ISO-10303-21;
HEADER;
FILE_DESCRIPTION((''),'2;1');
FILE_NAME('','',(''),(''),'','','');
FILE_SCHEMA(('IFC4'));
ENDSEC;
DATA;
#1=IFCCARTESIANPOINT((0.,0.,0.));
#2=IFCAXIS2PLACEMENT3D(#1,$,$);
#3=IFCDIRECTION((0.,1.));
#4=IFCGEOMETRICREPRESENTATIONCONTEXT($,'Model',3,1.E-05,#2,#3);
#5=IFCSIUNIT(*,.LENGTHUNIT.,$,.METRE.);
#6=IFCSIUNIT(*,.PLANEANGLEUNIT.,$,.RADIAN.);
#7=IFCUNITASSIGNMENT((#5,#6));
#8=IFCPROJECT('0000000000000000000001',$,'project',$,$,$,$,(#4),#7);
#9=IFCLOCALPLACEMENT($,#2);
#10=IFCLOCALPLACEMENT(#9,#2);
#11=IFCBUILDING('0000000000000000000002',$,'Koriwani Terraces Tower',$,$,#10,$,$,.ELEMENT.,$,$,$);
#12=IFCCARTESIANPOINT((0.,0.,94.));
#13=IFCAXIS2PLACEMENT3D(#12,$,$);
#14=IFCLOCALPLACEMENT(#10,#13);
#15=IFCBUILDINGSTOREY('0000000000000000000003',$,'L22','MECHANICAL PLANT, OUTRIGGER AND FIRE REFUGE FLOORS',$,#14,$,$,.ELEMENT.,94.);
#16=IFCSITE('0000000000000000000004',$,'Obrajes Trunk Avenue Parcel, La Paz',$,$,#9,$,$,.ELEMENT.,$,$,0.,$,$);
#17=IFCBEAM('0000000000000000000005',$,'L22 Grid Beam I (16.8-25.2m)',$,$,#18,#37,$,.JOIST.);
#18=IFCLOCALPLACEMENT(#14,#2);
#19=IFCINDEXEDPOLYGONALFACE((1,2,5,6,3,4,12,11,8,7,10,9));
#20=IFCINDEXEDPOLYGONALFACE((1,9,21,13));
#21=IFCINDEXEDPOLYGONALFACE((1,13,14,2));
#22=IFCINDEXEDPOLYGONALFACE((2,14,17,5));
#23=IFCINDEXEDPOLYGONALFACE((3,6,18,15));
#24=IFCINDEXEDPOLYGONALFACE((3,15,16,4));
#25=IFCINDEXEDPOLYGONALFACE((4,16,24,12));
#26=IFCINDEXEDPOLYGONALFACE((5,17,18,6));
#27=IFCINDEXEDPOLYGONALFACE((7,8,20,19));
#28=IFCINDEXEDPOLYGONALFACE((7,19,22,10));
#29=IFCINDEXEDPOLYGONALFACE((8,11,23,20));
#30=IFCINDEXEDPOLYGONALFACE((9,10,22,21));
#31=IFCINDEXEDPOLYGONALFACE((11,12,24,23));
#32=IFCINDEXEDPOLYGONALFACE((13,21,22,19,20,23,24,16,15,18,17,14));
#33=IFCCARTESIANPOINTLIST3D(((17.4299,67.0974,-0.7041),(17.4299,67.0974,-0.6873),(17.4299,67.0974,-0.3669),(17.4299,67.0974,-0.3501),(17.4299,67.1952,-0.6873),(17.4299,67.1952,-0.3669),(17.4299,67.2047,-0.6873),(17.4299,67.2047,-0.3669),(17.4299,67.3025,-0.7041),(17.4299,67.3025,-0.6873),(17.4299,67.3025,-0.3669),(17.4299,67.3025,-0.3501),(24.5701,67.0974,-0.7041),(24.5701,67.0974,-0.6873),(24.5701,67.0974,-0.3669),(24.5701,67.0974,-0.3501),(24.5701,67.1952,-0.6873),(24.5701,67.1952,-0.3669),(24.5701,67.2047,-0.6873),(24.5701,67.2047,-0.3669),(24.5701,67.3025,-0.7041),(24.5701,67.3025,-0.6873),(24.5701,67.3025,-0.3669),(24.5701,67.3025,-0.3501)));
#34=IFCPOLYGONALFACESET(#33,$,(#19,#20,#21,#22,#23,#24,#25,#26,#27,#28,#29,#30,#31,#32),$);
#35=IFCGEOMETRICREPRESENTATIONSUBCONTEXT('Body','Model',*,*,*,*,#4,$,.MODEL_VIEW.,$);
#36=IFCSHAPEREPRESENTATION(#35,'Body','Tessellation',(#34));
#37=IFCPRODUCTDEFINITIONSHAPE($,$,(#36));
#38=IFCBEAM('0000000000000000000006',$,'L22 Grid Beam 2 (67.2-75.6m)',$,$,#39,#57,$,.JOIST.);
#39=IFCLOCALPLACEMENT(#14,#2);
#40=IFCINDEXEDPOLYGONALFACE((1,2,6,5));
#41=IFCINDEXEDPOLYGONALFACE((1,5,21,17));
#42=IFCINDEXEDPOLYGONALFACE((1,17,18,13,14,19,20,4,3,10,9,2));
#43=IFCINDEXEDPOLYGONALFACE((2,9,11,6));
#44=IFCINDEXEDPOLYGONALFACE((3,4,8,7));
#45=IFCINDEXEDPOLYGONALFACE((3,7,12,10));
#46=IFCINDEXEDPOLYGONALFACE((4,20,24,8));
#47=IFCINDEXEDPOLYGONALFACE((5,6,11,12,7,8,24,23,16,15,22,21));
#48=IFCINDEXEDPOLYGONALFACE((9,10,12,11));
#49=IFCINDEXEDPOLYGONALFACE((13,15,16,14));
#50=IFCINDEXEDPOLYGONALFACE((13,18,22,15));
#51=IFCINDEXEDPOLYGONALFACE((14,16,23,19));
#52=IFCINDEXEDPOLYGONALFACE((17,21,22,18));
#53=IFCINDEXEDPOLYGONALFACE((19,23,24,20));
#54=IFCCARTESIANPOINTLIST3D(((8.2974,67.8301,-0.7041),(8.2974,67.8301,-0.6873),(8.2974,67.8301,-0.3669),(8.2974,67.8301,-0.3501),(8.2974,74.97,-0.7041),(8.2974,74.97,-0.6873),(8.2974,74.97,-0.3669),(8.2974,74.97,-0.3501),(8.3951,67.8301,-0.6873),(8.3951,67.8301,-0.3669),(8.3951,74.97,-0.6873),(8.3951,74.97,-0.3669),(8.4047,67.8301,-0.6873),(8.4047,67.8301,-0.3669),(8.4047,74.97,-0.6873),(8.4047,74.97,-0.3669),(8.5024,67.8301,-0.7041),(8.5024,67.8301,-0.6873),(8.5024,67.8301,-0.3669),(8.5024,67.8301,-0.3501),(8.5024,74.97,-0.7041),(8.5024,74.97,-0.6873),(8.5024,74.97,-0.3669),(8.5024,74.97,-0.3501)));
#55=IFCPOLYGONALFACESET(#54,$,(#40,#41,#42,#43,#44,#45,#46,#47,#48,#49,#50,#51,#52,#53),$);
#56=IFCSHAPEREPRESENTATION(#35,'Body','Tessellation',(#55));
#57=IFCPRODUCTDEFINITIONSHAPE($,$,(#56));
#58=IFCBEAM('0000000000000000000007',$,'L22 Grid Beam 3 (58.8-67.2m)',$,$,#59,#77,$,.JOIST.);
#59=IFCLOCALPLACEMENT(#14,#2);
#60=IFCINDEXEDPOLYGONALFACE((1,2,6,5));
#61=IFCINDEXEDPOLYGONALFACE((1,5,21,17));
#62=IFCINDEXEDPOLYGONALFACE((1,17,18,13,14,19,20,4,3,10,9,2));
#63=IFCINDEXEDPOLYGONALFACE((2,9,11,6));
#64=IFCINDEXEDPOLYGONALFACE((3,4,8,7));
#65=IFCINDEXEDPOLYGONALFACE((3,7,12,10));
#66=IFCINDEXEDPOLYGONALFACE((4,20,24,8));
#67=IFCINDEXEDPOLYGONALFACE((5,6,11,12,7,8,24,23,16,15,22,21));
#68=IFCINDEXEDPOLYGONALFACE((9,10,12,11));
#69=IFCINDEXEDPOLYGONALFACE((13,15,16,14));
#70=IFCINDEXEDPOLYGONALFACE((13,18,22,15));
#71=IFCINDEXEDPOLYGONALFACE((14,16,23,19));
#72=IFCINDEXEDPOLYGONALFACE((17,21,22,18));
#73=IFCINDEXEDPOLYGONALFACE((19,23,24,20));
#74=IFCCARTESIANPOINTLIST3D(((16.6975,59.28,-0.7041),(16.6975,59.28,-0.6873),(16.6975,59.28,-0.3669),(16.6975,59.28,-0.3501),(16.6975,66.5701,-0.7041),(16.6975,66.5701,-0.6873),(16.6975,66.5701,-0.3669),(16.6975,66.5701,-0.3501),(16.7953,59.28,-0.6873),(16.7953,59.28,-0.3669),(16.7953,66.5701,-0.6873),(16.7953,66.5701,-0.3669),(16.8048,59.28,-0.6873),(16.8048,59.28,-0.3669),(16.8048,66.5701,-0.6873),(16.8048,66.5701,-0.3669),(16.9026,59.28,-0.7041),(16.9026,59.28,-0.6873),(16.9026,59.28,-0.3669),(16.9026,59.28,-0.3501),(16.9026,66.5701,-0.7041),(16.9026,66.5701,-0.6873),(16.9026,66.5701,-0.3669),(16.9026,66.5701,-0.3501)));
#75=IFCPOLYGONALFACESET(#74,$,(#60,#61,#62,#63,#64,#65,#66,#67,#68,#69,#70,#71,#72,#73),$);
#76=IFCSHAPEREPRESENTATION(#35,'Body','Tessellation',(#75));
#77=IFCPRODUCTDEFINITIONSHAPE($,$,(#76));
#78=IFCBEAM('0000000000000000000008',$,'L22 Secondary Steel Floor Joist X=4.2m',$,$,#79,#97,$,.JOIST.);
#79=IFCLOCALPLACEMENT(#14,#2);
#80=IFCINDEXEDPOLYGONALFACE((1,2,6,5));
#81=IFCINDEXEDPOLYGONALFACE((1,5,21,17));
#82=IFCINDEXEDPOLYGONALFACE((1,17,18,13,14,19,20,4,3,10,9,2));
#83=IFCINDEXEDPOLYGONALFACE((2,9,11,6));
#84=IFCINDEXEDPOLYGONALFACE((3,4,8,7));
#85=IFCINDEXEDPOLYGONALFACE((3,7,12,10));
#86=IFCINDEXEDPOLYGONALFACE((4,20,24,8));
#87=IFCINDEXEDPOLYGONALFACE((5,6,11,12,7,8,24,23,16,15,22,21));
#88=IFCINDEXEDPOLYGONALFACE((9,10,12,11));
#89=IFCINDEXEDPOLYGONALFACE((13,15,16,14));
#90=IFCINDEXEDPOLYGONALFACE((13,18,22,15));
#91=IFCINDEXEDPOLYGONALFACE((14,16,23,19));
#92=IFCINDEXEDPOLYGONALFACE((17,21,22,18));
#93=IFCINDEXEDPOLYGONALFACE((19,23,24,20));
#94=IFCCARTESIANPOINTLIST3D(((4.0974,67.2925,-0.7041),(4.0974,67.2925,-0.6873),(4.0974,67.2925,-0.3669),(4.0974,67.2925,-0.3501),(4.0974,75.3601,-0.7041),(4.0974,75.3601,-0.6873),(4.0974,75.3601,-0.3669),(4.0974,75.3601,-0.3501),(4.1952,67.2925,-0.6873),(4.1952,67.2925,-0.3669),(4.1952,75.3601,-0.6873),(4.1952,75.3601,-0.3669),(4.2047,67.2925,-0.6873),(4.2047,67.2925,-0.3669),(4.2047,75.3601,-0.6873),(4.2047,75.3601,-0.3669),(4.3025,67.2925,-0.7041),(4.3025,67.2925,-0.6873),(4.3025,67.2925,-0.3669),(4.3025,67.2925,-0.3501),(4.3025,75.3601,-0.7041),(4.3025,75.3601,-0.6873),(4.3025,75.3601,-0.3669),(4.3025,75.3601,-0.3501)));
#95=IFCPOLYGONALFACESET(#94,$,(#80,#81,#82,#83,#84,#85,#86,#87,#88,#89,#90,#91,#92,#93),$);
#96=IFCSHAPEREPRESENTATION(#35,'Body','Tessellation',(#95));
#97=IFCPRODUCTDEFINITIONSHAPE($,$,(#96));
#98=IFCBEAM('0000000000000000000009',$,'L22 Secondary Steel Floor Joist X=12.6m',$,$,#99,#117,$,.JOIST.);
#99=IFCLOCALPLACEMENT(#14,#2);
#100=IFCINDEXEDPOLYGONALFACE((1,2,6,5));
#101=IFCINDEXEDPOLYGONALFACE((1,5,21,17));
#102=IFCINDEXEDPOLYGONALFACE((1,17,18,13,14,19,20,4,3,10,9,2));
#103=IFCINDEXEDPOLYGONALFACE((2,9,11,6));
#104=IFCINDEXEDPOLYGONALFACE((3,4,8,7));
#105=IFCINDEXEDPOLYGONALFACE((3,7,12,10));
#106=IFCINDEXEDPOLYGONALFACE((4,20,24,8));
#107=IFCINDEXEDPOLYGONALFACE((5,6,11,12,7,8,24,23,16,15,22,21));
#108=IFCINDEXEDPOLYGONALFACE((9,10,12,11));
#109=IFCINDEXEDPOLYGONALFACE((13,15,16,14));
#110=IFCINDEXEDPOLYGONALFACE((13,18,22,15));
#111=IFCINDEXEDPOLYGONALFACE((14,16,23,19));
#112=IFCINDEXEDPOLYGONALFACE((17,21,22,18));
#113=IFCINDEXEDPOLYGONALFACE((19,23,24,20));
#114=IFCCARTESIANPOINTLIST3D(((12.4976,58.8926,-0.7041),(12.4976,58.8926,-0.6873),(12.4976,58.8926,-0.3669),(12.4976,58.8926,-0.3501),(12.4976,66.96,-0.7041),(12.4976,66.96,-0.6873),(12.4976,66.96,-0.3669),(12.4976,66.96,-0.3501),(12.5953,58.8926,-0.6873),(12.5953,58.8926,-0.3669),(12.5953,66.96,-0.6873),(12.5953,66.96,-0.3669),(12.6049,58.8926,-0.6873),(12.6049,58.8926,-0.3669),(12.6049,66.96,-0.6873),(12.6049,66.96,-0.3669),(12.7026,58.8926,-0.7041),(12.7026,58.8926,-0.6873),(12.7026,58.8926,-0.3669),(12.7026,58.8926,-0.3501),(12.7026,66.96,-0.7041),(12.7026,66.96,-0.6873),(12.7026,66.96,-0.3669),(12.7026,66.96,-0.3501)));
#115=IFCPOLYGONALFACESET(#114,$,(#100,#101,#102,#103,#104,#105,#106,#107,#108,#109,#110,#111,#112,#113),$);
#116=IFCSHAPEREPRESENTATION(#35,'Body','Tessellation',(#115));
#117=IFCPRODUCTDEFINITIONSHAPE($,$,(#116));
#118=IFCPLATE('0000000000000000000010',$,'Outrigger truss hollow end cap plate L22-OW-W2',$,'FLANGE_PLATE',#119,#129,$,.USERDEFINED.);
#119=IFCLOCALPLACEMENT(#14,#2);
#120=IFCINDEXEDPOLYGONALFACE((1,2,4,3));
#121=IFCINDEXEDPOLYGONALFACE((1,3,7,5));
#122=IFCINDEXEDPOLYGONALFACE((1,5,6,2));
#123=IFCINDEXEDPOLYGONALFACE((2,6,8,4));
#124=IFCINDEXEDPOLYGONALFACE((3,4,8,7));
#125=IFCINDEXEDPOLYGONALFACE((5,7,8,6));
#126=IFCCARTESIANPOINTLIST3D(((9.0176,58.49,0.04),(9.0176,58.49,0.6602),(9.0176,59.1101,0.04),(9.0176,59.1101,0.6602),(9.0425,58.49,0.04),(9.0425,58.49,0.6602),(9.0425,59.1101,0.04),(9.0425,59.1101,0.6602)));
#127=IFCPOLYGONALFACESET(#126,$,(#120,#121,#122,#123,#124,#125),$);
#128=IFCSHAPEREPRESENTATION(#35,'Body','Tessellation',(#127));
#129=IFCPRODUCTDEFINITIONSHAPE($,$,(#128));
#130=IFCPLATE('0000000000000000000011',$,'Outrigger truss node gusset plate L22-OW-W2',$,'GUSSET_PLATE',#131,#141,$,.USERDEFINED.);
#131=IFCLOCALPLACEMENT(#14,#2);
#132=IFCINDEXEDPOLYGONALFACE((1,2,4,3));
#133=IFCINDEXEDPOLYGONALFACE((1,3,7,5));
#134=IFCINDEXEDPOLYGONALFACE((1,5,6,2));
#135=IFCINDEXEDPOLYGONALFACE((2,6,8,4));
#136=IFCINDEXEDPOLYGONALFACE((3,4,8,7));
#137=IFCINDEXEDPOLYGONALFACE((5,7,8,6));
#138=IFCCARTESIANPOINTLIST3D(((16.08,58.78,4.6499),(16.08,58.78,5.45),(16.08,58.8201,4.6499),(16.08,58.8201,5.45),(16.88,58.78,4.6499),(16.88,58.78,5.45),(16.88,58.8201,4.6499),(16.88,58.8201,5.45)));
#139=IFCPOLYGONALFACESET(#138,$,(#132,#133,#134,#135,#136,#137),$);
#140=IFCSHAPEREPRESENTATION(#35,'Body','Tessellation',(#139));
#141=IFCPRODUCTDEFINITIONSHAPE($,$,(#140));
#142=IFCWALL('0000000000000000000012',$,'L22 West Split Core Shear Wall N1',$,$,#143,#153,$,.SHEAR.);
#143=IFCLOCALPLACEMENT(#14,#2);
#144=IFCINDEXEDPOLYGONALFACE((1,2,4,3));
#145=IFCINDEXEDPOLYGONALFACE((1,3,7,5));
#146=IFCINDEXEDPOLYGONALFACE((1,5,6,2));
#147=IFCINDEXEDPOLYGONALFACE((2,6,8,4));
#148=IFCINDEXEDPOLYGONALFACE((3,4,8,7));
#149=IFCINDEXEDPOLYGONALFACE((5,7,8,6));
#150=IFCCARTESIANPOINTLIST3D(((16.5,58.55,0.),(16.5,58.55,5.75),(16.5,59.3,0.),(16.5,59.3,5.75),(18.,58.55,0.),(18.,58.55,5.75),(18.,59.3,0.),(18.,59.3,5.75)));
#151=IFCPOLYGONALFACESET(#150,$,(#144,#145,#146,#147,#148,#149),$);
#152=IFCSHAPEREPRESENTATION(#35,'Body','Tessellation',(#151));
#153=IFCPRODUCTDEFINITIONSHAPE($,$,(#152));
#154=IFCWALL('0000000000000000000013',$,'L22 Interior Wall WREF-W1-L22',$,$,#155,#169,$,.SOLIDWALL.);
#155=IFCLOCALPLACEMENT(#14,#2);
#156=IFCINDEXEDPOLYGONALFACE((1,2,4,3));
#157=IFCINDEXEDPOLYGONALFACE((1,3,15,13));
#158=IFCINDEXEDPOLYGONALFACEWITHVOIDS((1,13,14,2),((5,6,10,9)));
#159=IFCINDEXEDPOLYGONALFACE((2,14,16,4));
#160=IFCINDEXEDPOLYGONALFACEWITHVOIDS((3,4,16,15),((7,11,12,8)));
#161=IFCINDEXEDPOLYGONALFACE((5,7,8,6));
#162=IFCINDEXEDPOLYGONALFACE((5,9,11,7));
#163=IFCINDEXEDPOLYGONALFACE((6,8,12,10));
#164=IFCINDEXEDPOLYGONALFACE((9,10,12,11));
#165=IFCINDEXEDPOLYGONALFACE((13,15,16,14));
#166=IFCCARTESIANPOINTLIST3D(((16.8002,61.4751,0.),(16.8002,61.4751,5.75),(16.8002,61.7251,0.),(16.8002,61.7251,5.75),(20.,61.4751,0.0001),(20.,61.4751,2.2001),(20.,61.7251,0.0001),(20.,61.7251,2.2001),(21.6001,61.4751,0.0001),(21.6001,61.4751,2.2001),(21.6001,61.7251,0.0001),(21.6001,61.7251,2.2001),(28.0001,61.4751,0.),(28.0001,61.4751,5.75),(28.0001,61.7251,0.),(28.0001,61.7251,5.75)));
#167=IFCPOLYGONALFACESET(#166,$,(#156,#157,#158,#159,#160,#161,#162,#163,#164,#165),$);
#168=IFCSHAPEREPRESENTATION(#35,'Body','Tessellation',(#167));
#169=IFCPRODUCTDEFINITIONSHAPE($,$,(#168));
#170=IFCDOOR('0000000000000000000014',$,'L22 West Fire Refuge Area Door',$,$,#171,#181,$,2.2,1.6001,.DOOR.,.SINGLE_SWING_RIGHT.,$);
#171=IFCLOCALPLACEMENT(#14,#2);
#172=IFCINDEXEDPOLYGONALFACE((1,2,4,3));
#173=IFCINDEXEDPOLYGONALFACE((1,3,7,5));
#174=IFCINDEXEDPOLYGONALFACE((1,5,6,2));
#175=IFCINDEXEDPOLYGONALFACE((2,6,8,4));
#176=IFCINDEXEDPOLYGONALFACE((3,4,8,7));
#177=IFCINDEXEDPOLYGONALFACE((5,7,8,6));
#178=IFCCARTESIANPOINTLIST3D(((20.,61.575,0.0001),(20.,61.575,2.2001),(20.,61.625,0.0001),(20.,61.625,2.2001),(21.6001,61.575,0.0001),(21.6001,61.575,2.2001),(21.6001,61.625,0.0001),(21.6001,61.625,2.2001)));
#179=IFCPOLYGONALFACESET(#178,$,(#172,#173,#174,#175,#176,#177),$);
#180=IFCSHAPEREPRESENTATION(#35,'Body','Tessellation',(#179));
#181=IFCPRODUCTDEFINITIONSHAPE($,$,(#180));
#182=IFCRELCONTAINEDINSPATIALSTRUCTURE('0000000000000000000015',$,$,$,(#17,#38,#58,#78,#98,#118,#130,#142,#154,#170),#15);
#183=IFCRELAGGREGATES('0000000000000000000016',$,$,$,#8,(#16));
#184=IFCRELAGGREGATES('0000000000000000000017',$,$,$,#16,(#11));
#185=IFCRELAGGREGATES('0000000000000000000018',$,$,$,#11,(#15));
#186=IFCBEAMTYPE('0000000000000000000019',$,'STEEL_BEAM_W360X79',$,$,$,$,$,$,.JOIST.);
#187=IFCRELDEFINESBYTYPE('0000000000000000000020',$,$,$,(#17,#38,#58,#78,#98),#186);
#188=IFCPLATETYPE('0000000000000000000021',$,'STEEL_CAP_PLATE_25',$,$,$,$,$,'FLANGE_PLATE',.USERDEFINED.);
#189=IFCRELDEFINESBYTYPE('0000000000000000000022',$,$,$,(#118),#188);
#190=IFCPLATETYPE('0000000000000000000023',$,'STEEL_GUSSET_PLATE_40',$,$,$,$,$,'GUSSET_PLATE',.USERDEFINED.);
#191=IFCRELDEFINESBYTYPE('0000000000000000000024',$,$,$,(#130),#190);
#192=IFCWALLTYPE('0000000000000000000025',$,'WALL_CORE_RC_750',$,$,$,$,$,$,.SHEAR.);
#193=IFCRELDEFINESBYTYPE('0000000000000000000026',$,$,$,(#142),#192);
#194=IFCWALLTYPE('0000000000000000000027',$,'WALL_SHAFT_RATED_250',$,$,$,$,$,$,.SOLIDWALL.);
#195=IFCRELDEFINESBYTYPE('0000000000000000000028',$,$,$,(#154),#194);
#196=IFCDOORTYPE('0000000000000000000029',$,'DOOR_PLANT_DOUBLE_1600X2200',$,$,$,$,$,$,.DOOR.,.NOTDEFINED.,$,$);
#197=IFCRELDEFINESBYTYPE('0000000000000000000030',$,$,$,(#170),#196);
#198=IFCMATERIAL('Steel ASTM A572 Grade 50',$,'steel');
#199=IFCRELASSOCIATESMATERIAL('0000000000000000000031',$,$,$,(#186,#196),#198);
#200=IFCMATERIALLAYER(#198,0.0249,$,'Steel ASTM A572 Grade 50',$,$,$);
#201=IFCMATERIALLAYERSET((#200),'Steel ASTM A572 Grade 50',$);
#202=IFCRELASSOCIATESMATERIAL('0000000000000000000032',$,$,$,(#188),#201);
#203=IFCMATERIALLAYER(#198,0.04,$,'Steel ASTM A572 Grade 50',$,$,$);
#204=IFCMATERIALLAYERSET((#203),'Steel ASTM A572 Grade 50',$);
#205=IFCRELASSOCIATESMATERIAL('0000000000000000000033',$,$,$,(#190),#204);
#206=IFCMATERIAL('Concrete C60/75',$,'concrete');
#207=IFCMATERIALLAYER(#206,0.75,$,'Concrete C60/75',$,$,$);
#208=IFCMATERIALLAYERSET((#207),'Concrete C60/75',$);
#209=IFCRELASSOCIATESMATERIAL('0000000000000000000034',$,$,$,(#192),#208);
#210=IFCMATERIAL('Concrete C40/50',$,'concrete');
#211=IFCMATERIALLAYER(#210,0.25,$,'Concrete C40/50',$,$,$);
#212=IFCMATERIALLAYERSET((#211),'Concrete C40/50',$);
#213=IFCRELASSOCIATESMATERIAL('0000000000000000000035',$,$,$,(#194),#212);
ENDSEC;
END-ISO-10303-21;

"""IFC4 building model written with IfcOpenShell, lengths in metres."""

from ifc_helpers import new_model, si_unit, direction, frame, frame_2d, origin, origin_2d, place, context, subcontext, project, spatial, rectangle, i_section, extrude, material, layer, layer_set, material_profile, profile_set, type_object, element, fill, save


model = new_model("IFC4")

# Units and contexts
model_context = context("Model", 3, precision=1e-05, world=origin(), true_north=direction((0.0, 1.0)))
body_context = subcontext(model_context, "Body", "Model", "MODEL_VIEW")
ifc_project = project(units=[si_unit("LENGTHUNIT", "METRE"), si_unit("PLANEANGLEUNIT", "RADIAN")], contexts=[model_context])

# Site, building, storey
site_placement = place(None, origin())
site = spatial("IfcSite", under=ifc_project, at=site_placement, Name="Obrajes Trunk Avenue Parcel, La Paz", CompositionType="ELEMENT", RefElevation=0.0)
building_placement = place(site_placement, origin())
building = spatial("IfcBuilding", under=site, at=building_placement, Name="Koriwani Terraces Tower", CompositionType="ELEMENT")
storey_placement = place(building_placement, frame((0.0, 0.0, 94.0)))
storey = spatial("IfcBuildingStorey", under=building, at=storey_placement, Name="L22", Description="MECHANICAL PLANT, OUTRIGGER AND FIRE REFUGE FLOORS", CompositionType="ELEMENT", Elevation=94.0)

# Shared definitions
ifc_material_1 = material(Name="Concrete C60/75", Category="concrete")

# Shared definitions
ifc_material_2 = material(Name="Concrete C40/50", Category="concrete")

# Shared definitions
ifc_material_3 = material(Name="Steel ASTM A572 Grade 50", Category="steel")

# Beams
ifc_material_profile_1 = material_profile(ifc_material_3, i_section(OverallWidth=0.2051, OverallDepth=0.354, WebThickness=0.0095, FlangeThickness=0.0168, at=origin_2d()), Name="Steel ASTM A572 Grade 50", Category="LoadBearing")
ifc_profile_set_1 = profile_set([ifc_material_profile_1], Name="Steel ASTM A572 Grade 50")
beam_type_1 = type_object("IfcBeamType", Name="STEEL_BEAM_W360X79", PredefinedType="JOIST", material=ifc_profile_set_1)
for number, where, z_axis, x_axis, name in (
    (1, (17.4299, 67.2, -0.5271), (1.0, 0.0, 0.0), (0.0, 1.0, 0.0), "L22 Grid Beam I (16.8-25.2m)"),
):
    element("IfcBeam", number, at=place(storey_placement, frame(where, z_axis=z_axis, x_axis=x_axis)), inside=storey, type_object=beam_type_1, Name=name, PredefinedType="JOIST", context=body_context, shape_type="SweptSolid", body=[
        extrude(i_section(OverallWidth=0.2051, OverallDepth=0.354, WebThickness=0.0095, FlangeThickness=0.0168, at=origin_2d()), origin(), (0.0, 0.0, 1.0), 7.1401),
    ])
beam_1_placement = place(storey_placement, frame((8.3999, 67.8301, -0.5271), z_axis=(0.0, 1.0, 0.0), x_axis=(-1.0, 0.0, 0.0)))
element("IfcBeam", 2, at=beam_1_placement, inside=storey, type_object=beam_type_1, Name="L22 Grid Beam 2 (67.2-75.6m)", PredefinedType="JOIST", context=body_context, shape_type="SweptSolid", body=[
    extrude(i_section(OverallWidth=0.2051, OverallDepth=0.354, WebThickness=0.0095, FlangeThickness=0.0168, at=origin_2d()), origin(), (0.0, 0.0, 1.0), 7.1399),
])
beam_2_placement = place(storey_placement, frame((16.8, 59.28, -0.5271), z_axis=(0.0, 1.0, 0.0), x_axis=(-1.0, 0.0, 0.0)))
element("IfcBeam", 3, at=beam_2_placement, inside=storey, type_object=beam_type_1, Name="L22 Grid Beam 3 (58.8-67.2m)", PredefinedType="JOIST", context=body_context, shape_type="SweptSolid", body=[
    extrude(i_section(OverallWidth=0.2051, OverallDepth=0.354, WebThickness=0.0095, FlangeThickness=0.0168, at=origin_2d()), origin(), (0.0, 0.0, 1.0), 7.29),
])
beam_3_placement = place(storey_placement, frame((4.2, 67.2925, -0.5271), z_axis=(0.0, 1.0, 0.0), x_axis=(-1.0, 0.0, 0.0)))
element("IfcBeam", 4, at=beam_3_placement, inside=storey, type_object=beam_type_1, Name="L22 Secondary Steel Floor Joist X=4.2m", PredefinedType="JOIST", context=body_context, shape_type="SweptSolid", body=[
    extrude(i_section(OverallWidth=0.2051, OverallDepth=0.354, WebThickness=0.0095, FlangeThickness=0.0168, at=origin_2d()), origin(), (0.0, 0.0, 1.0), 8.0676),
])
beam_4_placement = place(storey_placement, frame((12.6001, 58.8926, -0.5271), z_axis=(0.0, 1.0, 0.0), x_axis=(-1.0, 0.0, 0.0)))
element("IfcBeam", 5, at=beam_4_placement, inside=storey, type_object=beam_type_1, Name="L22 Secondary Steel Floor Joist X=12.6m", PredefinedType="JOIST", context=body_context, shape_type="SweptSolid", body=[
    extrude(i_section(OverallWidth=0.2051, OverallDepth=0.354, WebThickness=0.0095, FlangeThickness=0.0168, at=origin_2d()), origin(), (0.0, 0.0, 1.0), 8.0674),
])

# Plates
ifc_layer_1 = layer(ifc_material_3, 0.0249, Name="Steel ASTM A572 Grade 50")
ifc_layer_set_1 = layer_set([ifc_layer_1], Name="Steel ASTM A572 Grade 50")
plate_type_1 = type_object("IfcPlateType", Name="STEEL_CAP_PLATE_25", ElementType="FLANGE_PLATE", PredefinedType="USERDEFINED", material=ifc_layer_set_1)
plate_1_placement = place(storey_placement, frame((9.03, 58.8, 0.04), z_axis=(0.0, 0.0, 1.0), x_axis=(1.0, 0.0, 0.0)))
element("IfcPlate", 6, at=plate_1_placement, inside=storey, type_object=plate_type_1, Name="Outrigger truss hollow end cap plate L22-OW-W2", ObjectType="FLANGE_PLATE", PredefinedType="USERDEFINED", context=body_context, shape_type="SweptSolid", body=[
    extrude(rectangle(XDim=0.0249, YDim=0.6201, at=origin_2d()), origin(), (0.0, 0.0, 1.0), 0.6201),
])
ifc_layer_2 = layer(ifc_material_3, 0.04, Name="Steel ASTM A572 Grade 50")
ifc_layer_set_2 = layer_set([ifc_layer_2], Name="Steel ASTM A572 Grade 50")
plate_type_2 = type_object("IfcPlateType", Name="STEEL_GUSSET_PLATE_40", ElementType="GUSSET_PLATE", PredefinedType="USERDEFINED", material=ifc_layer_set_2)
plate_2_placement = place(storey_placement, frame((16.48, 58.8, 4.6499), z_axis=(0.0, 0.0, 1.0), x_axis=(1.0, 0.0, 0.0)))
element("IfcPlate", 7, at=plate_2_placement, inside=storey, type_object=plate_type_2, Name="Outrigger truss node gusset plate L22-OW-W2", ObjectType="GUSSET_PLATE", PredefinedType="USERDEFINED", context=body_context, shape_type="SweptSolid", body=[
    extrude(rectangle(XDim=0.8, YDim=0.04, at=origin_2d()), origin(), (0.0, 0.0, 1.0), 0.8),
])

# Wall
ifc_layer_3 = layer(ifc_material_1, 0.75, Name="Concrete C60/75")
ifc_layer_set_3 = layer_set([ifc_layer_3], Name="Concrete C60/75")
wall_type_1 = type_object("IfcWallType", Name="WALL_CORE_RC_750", PredefinedType="SHEAR", material=ifc_layer_set_3)
wall_1_placement = place(storey_placement, frame((16.5, 58.925, 0.0), z_axis=(0.0, 0.0, 1.0), x_axis=(1.0, 0.0, 0.0)))
element("IfcWall", 8, at=wall_1_placement, inside=storey, type_object=wall_type_1, Name="L22 West Split Core Shear Wall N1", PredefinedType="SHEAR", context=body_context, shape_type="SweptSolid", body=[
    extrude(rectangle(XDim=1.5, YDim=0.75, at=frame_2d((0.75, 0.0))), origin(), (0.0, 0.0, 1.0), 5.75),
])

# Wall, opening, door
ifc_layer_4 = layer(ifc_material_2, 0.25, Name="Concrete C40/50")
ifc_layer_set_4 = layer_set([ifc_layer_4], Name="Concrete C40/50")
wall_type_2 = type_object("IfcWallType", Name="WALL_SHAFT_RATED_250", PredefinedType="SOLIDWALL", material=ifc_layer_set_4)
wall_2_placement = place(storey_placement, frame((16.8, 61.6001, 0.0), z_axis=(0.0, 0.0, 1.0), x_axis=(1.0, 0.0, 0.0)))
wall_2 = element("IfcWall", 9, at=wall_2_placement, inside=storey, type_object=wall_type_2, Name="L22 Interior Wall WREF-W1-L22", PredefinedType="SOLIDWALL", context=body_context, shape_type="SweptSolid", body=[
    extrude(rectangle(XDim=11.2, YDim=0.25, at=frame_2d((5.6001, 0.0))), origin(), (0.0, 0.0, 1.0), 5.75),
])
opening_placement = place(wall_2_placement, frame((3.2, 0.0, 0.0)))
opening = element("IfcOpeningElement", 10, at=opening_placement, cuts=wall_2, PredefinedType="OPENING", context=body_context, shape_type="SweptSolid", body=[
    extrude(rectangle(XDim=1.6001, YDim=2.2, at=frame_2d((0.8, 1.1001))), frame((0.0, 0.135, 0.0), z_axis=(0.0, -1.0, 0.0), x_axis=(1.0, 0.0, 0.0)), (0.0, 0.0, 1.0), 0.27),
])
door_type = type_object("IfcDoorType", Name="DOOR_PLANT_DOUBLE_1600X2200", OperationType="NOTDEFINED", PredefinedType="DOOR", material=ifc_material_3)
door_placement = place(opening_placement, origin())
door = element("IfcDoor", 11, at=door_placement, inside=storey, type_object=door_type, Name="L22 West Fire Refuge Area Door", OperationType="SINGLE_SWING_RIGHT", OverallHeight=2.2, OverallWidth=1.6001, PredefinedType="DOOR", context=body_context, shape_type="SweptSolid", body=[
    extrude(rectangle(XDim=1.6001, YDim=2.2, at=frame_2d((0.8, 1.1001))), frame((0.0, 0.0249, 0.0), z_axis=(0.0, -1.0, 0.0), x_axis=(1.0, 0.0, 0.0)), (0.0, 0.0, 1.0), 0.05),
])
fill(opening, door)

save(model, "model.ifc")
